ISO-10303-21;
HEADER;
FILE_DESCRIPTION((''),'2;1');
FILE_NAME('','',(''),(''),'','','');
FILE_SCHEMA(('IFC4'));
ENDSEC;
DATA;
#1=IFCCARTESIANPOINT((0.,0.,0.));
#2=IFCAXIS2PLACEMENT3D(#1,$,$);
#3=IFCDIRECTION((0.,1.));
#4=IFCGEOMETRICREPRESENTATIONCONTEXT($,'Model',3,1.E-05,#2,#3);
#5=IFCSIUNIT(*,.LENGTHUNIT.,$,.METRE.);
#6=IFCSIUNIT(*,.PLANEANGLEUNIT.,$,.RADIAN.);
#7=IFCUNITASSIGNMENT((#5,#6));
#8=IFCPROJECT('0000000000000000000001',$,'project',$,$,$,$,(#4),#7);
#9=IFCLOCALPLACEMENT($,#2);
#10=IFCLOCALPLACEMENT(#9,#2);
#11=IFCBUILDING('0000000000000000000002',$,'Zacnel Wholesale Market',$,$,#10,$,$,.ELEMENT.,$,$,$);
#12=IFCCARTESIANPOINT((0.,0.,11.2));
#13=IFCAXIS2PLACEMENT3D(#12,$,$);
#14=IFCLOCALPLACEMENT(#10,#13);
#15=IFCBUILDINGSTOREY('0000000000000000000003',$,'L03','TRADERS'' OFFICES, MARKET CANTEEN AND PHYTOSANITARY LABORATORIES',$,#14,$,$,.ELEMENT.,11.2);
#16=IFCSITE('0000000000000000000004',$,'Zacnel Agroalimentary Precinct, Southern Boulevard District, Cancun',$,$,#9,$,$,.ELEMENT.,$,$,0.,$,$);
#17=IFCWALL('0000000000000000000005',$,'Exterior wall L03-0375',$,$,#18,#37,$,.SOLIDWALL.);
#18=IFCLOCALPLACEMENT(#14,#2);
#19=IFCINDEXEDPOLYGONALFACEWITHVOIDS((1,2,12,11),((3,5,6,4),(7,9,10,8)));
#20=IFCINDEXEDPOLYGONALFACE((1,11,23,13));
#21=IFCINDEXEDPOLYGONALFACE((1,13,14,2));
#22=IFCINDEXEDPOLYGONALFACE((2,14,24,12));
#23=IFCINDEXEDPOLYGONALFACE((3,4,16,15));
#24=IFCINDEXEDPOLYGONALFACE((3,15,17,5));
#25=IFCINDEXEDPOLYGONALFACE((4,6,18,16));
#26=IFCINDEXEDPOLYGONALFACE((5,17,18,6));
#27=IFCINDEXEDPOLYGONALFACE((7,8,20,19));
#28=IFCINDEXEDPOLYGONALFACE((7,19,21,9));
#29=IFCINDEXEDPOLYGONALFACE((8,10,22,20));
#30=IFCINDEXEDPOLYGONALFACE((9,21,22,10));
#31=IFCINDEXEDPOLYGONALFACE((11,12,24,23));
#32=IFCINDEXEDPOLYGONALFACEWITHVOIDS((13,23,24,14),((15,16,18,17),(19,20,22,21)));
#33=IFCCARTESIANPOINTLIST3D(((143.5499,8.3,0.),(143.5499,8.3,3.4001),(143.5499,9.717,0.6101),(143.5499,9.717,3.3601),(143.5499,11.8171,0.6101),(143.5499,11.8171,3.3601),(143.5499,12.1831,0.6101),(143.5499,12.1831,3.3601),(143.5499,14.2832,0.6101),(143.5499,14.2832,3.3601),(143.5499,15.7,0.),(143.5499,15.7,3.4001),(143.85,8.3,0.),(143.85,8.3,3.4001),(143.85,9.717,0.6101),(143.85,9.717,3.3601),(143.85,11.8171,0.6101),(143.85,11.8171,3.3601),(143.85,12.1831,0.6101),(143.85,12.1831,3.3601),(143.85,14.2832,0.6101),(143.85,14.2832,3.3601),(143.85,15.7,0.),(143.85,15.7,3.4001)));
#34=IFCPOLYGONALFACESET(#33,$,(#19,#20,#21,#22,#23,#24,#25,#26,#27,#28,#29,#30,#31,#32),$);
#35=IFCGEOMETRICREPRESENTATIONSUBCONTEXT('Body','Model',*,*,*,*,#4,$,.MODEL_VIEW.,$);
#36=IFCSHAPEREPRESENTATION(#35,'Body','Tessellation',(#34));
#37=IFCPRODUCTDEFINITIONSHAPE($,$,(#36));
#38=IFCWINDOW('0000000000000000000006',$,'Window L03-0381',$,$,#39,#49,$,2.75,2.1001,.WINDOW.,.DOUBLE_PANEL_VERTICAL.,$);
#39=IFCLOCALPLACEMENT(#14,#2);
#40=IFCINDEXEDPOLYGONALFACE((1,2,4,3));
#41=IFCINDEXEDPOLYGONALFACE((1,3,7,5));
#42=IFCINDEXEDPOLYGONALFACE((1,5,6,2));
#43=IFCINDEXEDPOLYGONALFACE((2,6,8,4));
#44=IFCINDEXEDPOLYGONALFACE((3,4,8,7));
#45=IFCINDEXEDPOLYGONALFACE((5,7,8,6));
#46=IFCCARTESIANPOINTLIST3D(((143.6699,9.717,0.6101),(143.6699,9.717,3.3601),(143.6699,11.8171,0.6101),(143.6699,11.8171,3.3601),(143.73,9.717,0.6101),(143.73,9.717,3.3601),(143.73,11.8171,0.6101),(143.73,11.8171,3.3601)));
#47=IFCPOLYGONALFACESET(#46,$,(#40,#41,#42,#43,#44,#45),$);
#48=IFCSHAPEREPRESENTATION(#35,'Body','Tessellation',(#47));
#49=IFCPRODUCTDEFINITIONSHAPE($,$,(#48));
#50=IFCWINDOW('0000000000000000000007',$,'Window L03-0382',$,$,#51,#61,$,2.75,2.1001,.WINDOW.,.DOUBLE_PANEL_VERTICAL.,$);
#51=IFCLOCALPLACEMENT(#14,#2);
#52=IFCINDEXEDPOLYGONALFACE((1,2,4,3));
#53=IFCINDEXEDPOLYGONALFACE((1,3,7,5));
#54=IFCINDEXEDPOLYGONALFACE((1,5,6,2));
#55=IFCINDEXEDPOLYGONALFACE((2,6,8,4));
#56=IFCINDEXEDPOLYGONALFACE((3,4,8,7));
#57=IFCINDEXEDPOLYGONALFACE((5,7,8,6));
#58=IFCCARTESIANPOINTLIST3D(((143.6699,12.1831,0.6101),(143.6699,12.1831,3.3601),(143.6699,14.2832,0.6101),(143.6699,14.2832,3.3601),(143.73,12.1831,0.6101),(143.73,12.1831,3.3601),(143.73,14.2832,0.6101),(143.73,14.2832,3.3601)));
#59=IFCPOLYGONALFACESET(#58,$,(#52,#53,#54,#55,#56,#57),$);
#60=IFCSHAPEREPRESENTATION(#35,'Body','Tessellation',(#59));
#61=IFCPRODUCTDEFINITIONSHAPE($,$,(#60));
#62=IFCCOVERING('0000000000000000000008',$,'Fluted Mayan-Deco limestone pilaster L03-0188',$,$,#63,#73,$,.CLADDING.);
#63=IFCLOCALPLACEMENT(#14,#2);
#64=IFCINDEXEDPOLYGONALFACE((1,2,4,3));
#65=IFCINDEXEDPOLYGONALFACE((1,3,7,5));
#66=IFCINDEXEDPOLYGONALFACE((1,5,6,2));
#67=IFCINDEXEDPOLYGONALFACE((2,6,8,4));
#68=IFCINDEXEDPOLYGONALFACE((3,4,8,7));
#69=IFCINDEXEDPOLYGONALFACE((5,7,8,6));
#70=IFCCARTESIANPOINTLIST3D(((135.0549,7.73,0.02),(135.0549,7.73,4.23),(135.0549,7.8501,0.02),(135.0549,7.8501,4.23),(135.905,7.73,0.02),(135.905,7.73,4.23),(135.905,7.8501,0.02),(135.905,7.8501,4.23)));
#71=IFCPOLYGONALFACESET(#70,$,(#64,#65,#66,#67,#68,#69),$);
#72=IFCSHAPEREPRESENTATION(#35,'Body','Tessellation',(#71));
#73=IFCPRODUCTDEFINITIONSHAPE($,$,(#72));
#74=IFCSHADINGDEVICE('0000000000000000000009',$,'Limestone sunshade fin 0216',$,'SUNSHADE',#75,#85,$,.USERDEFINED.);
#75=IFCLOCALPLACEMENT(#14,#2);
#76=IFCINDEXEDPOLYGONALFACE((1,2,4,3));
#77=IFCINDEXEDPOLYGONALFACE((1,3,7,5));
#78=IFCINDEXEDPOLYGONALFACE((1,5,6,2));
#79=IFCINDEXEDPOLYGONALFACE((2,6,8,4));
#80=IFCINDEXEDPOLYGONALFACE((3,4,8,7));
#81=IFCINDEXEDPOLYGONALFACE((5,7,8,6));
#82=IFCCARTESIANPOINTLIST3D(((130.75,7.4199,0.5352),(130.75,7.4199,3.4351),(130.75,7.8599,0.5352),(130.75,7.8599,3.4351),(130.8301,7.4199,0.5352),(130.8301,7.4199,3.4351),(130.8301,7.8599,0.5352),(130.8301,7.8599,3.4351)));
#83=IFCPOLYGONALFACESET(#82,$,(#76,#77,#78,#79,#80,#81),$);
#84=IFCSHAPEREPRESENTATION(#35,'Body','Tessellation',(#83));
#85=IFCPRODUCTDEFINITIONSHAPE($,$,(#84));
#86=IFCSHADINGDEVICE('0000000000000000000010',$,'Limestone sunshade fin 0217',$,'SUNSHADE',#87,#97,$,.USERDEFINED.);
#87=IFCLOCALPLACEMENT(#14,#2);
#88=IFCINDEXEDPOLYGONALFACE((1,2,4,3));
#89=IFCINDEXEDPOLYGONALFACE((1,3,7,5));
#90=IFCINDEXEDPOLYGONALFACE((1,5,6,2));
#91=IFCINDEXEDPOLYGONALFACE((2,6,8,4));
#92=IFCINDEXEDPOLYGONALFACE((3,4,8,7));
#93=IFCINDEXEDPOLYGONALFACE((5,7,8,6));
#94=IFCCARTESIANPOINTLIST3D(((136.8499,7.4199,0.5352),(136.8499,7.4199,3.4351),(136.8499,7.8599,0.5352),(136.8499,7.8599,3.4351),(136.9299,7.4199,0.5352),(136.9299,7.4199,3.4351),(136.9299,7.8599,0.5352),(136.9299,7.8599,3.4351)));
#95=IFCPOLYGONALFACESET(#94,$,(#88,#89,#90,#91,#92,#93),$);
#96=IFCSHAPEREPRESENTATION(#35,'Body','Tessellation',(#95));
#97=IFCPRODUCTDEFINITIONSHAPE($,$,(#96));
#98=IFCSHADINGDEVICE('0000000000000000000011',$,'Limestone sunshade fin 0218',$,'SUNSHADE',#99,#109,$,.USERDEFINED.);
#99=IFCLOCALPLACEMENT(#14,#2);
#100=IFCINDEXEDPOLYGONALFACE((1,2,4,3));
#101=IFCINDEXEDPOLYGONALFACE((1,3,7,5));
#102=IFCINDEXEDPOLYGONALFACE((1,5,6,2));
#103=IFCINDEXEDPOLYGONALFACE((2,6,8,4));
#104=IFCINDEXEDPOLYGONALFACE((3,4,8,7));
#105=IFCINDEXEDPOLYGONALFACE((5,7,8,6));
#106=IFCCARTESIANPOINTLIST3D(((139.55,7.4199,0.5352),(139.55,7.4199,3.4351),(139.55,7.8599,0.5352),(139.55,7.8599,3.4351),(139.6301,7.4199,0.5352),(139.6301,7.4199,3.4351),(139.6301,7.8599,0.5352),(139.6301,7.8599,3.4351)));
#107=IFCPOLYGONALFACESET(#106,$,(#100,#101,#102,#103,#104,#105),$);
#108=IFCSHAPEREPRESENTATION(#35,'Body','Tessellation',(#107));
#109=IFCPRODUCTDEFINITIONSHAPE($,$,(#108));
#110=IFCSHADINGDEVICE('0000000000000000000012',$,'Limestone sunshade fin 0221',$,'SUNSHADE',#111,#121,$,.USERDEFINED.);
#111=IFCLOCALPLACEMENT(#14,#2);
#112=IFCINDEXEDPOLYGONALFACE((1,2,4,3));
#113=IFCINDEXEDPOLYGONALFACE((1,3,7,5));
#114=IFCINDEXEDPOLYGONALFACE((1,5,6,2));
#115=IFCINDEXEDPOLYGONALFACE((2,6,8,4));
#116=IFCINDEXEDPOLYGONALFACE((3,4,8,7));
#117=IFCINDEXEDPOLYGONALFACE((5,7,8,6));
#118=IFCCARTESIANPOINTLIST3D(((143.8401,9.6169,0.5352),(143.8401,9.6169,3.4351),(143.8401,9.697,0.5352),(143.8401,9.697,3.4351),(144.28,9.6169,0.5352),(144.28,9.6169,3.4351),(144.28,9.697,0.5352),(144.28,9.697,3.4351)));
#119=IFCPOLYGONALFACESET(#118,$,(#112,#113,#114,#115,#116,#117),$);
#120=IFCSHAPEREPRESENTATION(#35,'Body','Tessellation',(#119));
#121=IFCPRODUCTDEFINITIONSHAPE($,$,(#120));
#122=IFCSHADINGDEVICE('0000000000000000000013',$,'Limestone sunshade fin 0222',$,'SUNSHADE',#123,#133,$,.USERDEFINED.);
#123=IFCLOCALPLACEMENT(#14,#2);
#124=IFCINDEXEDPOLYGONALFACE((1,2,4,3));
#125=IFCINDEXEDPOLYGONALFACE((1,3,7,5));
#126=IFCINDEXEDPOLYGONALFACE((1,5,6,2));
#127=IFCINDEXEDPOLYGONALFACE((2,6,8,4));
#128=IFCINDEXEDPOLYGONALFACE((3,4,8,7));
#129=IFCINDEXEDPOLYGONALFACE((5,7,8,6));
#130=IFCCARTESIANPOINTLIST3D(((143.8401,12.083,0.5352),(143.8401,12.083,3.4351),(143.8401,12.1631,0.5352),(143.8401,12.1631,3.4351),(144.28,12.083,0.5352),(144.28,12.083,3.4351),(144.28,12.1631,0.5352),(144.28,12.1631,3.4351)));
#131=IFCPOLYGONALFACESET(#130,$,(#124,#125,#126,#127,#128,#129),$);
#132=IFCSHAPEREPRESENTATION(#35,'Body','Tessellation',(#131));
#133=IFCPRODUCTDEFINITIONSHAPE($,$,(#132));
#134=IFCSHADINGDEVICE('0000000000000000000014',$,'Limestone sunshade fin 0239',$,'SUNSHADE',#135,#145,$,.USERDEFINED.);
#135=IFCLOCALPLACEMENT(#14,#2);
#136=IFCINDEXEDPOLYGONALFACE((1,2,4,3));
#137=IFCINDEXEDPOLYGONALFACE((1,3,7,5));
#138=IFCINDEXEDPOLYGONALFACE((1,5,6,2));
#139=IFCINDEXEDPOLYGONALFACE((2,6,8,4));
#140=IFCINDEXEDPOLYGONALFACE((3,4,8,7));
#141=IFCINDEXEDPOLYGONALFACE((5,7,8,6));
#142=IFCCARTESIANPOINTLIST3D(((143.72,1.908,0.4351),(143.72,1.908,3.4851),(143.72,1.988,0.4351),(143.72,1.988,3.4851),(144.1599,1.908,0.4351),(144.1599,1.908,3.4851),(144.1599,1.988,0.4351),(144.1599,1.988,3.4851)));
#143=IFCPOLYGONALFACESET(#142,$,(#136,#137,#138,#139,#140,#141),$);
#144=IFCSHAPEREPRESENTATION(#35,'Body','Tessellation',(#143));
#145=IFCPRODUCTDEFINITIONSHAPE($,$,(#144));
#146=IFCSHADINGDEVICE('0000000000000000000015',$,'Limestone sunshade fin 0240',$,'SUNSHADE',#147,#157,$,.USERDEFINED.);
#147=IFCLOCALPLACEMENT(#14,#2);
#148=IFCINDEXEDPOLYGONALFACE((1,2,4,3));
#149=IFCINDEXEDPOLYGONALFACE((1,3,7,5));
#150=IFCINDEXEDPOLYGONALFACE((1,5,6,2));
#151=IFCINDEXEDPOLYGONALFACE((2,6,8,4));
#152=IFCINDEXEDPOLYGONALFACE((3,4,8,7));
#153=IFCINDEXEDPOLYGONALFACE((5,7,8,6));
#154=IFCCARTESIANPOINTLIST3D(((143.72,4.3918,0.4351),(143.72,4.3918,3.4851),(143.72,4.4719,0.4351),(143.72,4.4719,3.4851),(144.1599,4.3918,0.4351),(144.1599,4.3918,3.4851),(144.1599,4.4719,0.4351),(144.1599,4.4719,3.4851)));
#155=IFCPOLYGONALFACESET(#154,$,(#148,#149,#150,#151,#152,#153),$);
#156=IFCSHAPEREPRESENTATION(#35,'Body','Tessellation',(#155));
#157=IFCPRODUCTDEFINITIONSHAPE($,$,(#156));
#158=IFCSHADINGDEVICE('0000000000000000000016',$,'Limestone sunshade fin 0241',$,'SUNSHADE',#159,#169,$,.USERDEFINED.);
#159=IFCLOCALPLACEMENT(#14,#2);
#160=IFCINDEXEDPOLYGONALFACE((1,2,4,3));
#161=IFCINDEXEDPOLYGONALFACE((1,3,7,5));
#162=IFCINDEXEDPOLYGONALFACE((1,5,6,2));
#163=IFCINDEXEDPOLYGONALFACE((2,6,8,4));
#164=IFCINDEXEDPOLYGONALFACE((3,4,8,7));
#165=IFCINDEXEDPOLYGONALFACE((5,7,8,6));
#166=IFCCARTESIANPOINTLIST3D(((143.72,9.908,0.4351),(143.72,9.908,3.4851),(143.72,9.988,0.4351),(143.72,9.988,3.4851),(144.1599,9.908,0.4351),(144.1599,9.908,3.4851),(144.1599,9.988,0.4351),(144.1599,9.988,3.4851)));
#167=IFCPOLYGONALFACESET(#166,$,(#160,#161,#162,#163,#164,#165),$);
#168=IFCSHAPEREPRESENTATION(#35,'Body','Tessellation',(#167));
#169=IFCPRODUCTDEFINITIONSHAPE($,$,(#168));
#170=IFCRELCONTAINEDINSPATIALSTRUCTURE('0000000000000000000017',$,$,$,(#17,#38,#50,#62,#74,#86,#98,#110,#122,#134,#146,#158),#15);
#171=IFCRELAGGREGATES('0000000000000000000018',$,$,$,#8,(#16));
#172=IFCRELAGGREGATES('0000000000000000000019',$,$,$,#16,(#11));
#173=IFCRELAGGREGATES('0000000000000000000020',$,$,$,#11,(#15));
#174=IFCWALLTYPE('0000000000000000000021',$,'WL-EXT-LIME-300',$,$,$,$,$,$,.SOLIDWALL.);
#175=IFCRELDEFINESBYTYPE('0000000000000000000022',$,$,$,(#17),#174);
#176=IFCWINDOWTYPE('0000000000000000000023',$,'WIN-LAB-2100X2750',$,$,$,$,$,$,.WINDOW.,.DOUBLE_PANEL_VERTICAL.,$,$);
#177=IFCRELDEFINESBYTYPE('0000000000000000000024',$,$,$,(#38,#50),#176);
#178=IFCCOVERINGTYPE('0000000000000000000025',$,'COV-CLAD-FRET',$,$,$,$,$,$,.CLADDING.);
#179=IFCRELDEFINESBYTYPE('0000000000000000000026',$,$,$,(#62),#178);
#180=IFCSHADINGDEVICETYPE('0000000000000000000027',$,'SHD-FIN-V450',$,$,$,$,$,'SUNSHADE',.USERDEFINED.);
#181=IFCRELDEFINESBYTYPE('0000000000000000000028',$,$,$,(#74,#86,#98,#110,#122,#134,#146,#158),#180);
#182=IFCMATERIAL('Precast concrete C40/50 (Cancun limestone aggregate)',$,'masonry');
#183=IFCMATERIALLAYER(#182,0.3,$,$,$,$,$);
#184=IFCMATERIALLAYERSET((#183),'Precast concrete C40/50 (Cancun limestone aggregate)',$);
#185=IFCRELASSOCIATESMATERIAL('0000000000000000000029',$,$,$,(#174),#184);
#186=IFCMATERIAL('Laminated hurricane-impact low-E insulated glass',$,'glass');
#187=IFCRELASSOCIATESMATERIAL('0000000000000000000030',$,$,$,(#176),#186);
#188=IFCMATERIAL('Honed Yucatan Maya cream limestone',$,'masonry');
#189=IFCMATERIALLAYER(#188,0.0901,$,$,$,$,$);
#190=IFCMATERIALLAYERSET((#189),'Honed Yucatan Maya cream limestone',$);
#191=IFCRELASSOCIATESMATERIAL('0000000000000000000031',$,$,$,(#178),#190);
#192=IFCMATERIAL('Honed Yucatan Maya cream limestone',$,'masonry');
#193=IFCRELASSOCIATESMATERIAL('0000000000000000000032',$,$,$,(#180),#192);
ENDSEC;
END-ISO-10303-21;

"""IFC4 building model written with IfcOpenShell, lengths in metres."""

from ifc_helpers import new_model, si_unit, direction, frame, frame_2d, origin, origin_2d, place, context, subcontext, project, spatial, rectangle, extrude, material, layer, layer_set, type_object, element, fill, save


model = new_model("IFC4")

# Units and contexts
model_context = context("Model", 3, precision=1e-05, world=origin(), true_north=direction((0.0, 1.0)))
body_context = subcontext(model_context, "Body", "Model", "MODEL_VIEW")
ifc_project = project(units=[si_unit("LENGTHUNIT", "METRE"), si_unit("PLANEANGLEUNIT", "RADIAN")], contexts=[model_context])

# Site, building, storey
site_placement = place(None, origin())
site = spatial("IfcSite", under=ifc_project, at=site_placement, Name="Zacnel Agroalimentary Precinct, Southern Boulevard District, Cancun", CompositionType="ELEMENT", RefElevation=0.0)
building_placement = place(site_placement, origin())
building = spatial("IfcBuilding", under=site, at=building_placement, Name="Zacnel Wholesale Market", CompositionType="ELEMENT")
storey_placement = place(building_placement, frame((0.0, 0.0, 11.2)))
storey = spatial("IfcBuildingStorey", under=building, at=storey_placement, Name="L03", Description="TRADERS' OFFICES, MARKET CANTEEN AND PHYTOSANITARY LABORATORIES", CompositionType="ELEMENT", Elevation=11.2)

# Wall, openings, windows
ifc_material_1 = material(Name="Precast concrete C40/50 (Cancun limestone aggregate)", Category="masonry")
ifc_layer_1 = layer(ifc_material_1, 0.3)
ifc_layer_set_1 = layer_set([ifc_layer_1], Name="Precast concrete C40/50 (Cancun limestone aggregate)")
wall_type = type_object("IfcWallType", Name="WL-EXT-LIME-300", PredefinedType="SOLIDWALL", material=ifc_layer_set_1)
ifc_material_2 = material(Name="Laminated hurricane-impact low-E insulated glass", Category="glass")
window_type = type_object("IfcWindowType", Name="WIN-LAB-2100X2750", PartitioningType="DOUBLE_PANEL_VERTICAL", PredefinedType="WINDOW", material=ifc_material_2)
wall_1_placement = place(storey_placement, frame((143.7, 8.3, 0.0), z_axis=(0.0, 0.0, 1.0), x_axis=(0.0, 1.0, 0.0)))
wall_1 = element("IfcWall", 1, at=wall_1_placement, inside=storey, type_object=wall_type, Name="Exterior wall L03-0375", PredefinedType="SOLIDWALL", context=body_context, shape_type="SweptSolid", body=[
    extrude(rectangle(XDim=7.3999, YDim=0.3, at=frame_2d((3.7, 0.0))), origin(), (0.0, 0.0, 1.0), 3.4001),
])
opening_1_placement = place(wall_1_placement, frame((1.417, 0.0, 0.6101)))
opening_1 = element("IfcOpeningElement", 2, at=opening_1_placement, cuts=wall_1, PredefinedType="OPENING", context=body_context, shape_type="SweptSolid", body=[
    extrude(rectangle(XDim=2.1001, YDim=2.75, at=frame_2d((1.05, 1.375))), frame((0.0, 0.1599, 0.0), z_axis=(0.0, -1.0, 0.0), x_axis=(1.0, 0.0, 0.0)), (0.0, 0.0, 1.0), 0.3201),
])
opening_2_placement = place(wall_1_placement, frame((3.8831, 0.0, 0.6101)))
opening_2 = element("IfcOpeningElement", 3, at=opening_2_placement, cuts=wall_1, PredefinedType="OPENING", context=body_context, shape_type="SweptSolid", body=[
    extrude(rectangle(XDim=2.1001, YDim=2.75, at=frame_2d((1.05, 1.375))), frame((0.0, 0.1599, 0.0), z_axis=(0.0, -1.0, 0.0), x_axis=(1.0, 0.0, 0.0)), (0.0, 0.0, 1.0), 0.3201),
])
window_1_placement = place(opening_1_placement, origin())
window_1 = element("IfcWindow", 4, at=window_1_placement, inside=storey, type_object=window_type, Name="Window L03-0381", OverallHeight=2.75, OverallWidth=2.1001, PartitioningType="DOUBLE_PANEL_VERTICAL", PredefinedType="WINDOW", context=body_context, shape_type="SweptSolid", body=[
    extrude(rectangle(XDim=2.1001, YDim=2.75, at=frame_2d((1.05, 1.375))), frame((0.0, 0.03, 0.0), z_axis=(0.0, -1.0, 0.0), x_axis=(1.0, 0.0, 0.0)), (0.0, 0.0, 1.0), 0.0601),
])
fill(opening_1, window_1)
window_2_placement = place(opening_2_placement, origin())
window_2 = element("IfcWindow", 5, at=window_2_placement, inside=storey, type_object=window_type, Name="Window L03-0382", OverallHeight=2.75, OverallWidth=2.1001, PartitioningType="DOUBLE_PANEL_VERTICAL", PredefinedType="WINDOW", context=body_context, shape_type="SweptSolid", body=[
    extrude(rectangle(XDim=2.1001, YDim=2.75, at=frame_2d((1.05, 1.375))), frame((0.0, 0.03, 0.0), z_axis=(0.0, -1.0, 0.0), x_axis=(1.0, 0.0, 0.0)), (0.0, 0.0, 1.0), 0.0601),
])
fill(opening_2, window_2)

# Covering
ifc_material_3 = material(Name="Honed Yucatan Maya cream limestone", Category="masonry")
ifc_layer_2 = layer(ifc_material_3, 0.0901)
ifc_layer_set_2 = layer_set([ifc_layer_2], Name="Honed Yucatan Maya cream limestone")
covering_type = type_object("IfcCoveringType", Name="COV-CLAD-FRET", PredefinedType="CLADDING", material=ifc_layer_set_2)
covering_placement = place(storey_placement, frame((135.48, 7.79, 0.02), z_axis=(0.0, 0.0, 1.0), x_axis=(1.0, 0.0, 0.0)))
element("IfcCovering", 6, at=covering_placement, inside=storey, type_object=covering_type, Name="Fluted Mayan-Deco limestone pilaster L03-0188", PredefinedType="CLADDING", context=body_context, shape_type="SweptSolid", body=[
    extrude(rectangle(XDim=0.8501, YDim=0.1201, at=origin_2d()), origin(), (0.0, 0.0, 1.0), 4.21),
])

# Shading devices
ifc_material_4 = material(Name="Honed Yucatan Maya cream limestone", Category="masonry")
shading_device_type = type_object("IfcShadingDeviceType", Name="SHD-FIN-V450", ElementType="SUNSHADE", PredefinedType="USERDEFINED", material=ifc_material_4)
for number, where, z_axis, x_axis, name in (
    (7, (130.79, 7.6399, 0.5352), (0.0, 0.0, 1.0), (1.0, 0.0, 0.0), "Limestone sunshade fin 0216"),
    (8, (136.8899, 7.6399, 0.5352), (0.0, 0.0, 1.0), (1.0, 0.0, 0.0), "Limestone sunshade fin 0217"),
    (9, (139.5901, 7.6399, 0.5352), (0.0, 0.0, 1.0), (1.0, 0.0, 0.0), "Limestone sunshade fin 0218"),
    (10, (144.0601, 9.657, 0.5352), (0.0, 0.0, 1.0), (0.0, 1.0, 0.0), "Limestone sunshade fin 0221"),
    (11, (144.0601, 12.123, 0.5352), (0.0, 0.0, 1.0), (0.0, 1.0, 0.0), "Limestone sunshade fin 0222"),
):
    element("IfcShadingDevice", number, at=place(storey_placement, frame(where, z_axis=z_axis, x_axis=x_axis)), inside=storey, type_object=shading_device_type, Name=name, ObjectType="SUNSHADE", PredefinedType="USERDEFINED", context=body_context, shape_type="SweptSolid", body=[
        extrude(rectangle(XDim=0.0801, YDim=0.4399, at=origin_2d()), origin(), (0.0, 0.0, 1.0), 2.8999),
    ])
for number, where, z_axis, x_axis, name in (
    (12, (143.9399, 1.948, 0.4351), (0.0, 0.0, 1.0), (0.0, 1.0, 0.0), "Limestone sunshade fin 0239"),
    (13, (143.9399, 4.4319, 0.4351), (0.0, 0.0, 1.0), (0.0, 1.0, 0.0), "Limestone sunshade fin 0240"),
    (14, (143.9399, 9.948, 0.4351), (0.0, 0.0, 1.0), (0.0, 1.0, 0.0), "Limestone sunshade fin 0241"),
):
    element("IfcShadingDevice", number, at=place(storey_placement, frame(where, z_axis=z_axis, x_axis=x_axis)), inside=storey, type_object=shading_device_type, Name=name, ObjectType="SUNSHADE", PredefinedType="USERDEFINED", context=body_context, shape_type="SweptSolid", body=[
        extrude(rectangle(XDim=0.0801, YDim=0.4399, at=origin_2d()), origin(), (0.0, 0.0, 1.0), 3.05),
    ])

save(model, "model.ifc")
